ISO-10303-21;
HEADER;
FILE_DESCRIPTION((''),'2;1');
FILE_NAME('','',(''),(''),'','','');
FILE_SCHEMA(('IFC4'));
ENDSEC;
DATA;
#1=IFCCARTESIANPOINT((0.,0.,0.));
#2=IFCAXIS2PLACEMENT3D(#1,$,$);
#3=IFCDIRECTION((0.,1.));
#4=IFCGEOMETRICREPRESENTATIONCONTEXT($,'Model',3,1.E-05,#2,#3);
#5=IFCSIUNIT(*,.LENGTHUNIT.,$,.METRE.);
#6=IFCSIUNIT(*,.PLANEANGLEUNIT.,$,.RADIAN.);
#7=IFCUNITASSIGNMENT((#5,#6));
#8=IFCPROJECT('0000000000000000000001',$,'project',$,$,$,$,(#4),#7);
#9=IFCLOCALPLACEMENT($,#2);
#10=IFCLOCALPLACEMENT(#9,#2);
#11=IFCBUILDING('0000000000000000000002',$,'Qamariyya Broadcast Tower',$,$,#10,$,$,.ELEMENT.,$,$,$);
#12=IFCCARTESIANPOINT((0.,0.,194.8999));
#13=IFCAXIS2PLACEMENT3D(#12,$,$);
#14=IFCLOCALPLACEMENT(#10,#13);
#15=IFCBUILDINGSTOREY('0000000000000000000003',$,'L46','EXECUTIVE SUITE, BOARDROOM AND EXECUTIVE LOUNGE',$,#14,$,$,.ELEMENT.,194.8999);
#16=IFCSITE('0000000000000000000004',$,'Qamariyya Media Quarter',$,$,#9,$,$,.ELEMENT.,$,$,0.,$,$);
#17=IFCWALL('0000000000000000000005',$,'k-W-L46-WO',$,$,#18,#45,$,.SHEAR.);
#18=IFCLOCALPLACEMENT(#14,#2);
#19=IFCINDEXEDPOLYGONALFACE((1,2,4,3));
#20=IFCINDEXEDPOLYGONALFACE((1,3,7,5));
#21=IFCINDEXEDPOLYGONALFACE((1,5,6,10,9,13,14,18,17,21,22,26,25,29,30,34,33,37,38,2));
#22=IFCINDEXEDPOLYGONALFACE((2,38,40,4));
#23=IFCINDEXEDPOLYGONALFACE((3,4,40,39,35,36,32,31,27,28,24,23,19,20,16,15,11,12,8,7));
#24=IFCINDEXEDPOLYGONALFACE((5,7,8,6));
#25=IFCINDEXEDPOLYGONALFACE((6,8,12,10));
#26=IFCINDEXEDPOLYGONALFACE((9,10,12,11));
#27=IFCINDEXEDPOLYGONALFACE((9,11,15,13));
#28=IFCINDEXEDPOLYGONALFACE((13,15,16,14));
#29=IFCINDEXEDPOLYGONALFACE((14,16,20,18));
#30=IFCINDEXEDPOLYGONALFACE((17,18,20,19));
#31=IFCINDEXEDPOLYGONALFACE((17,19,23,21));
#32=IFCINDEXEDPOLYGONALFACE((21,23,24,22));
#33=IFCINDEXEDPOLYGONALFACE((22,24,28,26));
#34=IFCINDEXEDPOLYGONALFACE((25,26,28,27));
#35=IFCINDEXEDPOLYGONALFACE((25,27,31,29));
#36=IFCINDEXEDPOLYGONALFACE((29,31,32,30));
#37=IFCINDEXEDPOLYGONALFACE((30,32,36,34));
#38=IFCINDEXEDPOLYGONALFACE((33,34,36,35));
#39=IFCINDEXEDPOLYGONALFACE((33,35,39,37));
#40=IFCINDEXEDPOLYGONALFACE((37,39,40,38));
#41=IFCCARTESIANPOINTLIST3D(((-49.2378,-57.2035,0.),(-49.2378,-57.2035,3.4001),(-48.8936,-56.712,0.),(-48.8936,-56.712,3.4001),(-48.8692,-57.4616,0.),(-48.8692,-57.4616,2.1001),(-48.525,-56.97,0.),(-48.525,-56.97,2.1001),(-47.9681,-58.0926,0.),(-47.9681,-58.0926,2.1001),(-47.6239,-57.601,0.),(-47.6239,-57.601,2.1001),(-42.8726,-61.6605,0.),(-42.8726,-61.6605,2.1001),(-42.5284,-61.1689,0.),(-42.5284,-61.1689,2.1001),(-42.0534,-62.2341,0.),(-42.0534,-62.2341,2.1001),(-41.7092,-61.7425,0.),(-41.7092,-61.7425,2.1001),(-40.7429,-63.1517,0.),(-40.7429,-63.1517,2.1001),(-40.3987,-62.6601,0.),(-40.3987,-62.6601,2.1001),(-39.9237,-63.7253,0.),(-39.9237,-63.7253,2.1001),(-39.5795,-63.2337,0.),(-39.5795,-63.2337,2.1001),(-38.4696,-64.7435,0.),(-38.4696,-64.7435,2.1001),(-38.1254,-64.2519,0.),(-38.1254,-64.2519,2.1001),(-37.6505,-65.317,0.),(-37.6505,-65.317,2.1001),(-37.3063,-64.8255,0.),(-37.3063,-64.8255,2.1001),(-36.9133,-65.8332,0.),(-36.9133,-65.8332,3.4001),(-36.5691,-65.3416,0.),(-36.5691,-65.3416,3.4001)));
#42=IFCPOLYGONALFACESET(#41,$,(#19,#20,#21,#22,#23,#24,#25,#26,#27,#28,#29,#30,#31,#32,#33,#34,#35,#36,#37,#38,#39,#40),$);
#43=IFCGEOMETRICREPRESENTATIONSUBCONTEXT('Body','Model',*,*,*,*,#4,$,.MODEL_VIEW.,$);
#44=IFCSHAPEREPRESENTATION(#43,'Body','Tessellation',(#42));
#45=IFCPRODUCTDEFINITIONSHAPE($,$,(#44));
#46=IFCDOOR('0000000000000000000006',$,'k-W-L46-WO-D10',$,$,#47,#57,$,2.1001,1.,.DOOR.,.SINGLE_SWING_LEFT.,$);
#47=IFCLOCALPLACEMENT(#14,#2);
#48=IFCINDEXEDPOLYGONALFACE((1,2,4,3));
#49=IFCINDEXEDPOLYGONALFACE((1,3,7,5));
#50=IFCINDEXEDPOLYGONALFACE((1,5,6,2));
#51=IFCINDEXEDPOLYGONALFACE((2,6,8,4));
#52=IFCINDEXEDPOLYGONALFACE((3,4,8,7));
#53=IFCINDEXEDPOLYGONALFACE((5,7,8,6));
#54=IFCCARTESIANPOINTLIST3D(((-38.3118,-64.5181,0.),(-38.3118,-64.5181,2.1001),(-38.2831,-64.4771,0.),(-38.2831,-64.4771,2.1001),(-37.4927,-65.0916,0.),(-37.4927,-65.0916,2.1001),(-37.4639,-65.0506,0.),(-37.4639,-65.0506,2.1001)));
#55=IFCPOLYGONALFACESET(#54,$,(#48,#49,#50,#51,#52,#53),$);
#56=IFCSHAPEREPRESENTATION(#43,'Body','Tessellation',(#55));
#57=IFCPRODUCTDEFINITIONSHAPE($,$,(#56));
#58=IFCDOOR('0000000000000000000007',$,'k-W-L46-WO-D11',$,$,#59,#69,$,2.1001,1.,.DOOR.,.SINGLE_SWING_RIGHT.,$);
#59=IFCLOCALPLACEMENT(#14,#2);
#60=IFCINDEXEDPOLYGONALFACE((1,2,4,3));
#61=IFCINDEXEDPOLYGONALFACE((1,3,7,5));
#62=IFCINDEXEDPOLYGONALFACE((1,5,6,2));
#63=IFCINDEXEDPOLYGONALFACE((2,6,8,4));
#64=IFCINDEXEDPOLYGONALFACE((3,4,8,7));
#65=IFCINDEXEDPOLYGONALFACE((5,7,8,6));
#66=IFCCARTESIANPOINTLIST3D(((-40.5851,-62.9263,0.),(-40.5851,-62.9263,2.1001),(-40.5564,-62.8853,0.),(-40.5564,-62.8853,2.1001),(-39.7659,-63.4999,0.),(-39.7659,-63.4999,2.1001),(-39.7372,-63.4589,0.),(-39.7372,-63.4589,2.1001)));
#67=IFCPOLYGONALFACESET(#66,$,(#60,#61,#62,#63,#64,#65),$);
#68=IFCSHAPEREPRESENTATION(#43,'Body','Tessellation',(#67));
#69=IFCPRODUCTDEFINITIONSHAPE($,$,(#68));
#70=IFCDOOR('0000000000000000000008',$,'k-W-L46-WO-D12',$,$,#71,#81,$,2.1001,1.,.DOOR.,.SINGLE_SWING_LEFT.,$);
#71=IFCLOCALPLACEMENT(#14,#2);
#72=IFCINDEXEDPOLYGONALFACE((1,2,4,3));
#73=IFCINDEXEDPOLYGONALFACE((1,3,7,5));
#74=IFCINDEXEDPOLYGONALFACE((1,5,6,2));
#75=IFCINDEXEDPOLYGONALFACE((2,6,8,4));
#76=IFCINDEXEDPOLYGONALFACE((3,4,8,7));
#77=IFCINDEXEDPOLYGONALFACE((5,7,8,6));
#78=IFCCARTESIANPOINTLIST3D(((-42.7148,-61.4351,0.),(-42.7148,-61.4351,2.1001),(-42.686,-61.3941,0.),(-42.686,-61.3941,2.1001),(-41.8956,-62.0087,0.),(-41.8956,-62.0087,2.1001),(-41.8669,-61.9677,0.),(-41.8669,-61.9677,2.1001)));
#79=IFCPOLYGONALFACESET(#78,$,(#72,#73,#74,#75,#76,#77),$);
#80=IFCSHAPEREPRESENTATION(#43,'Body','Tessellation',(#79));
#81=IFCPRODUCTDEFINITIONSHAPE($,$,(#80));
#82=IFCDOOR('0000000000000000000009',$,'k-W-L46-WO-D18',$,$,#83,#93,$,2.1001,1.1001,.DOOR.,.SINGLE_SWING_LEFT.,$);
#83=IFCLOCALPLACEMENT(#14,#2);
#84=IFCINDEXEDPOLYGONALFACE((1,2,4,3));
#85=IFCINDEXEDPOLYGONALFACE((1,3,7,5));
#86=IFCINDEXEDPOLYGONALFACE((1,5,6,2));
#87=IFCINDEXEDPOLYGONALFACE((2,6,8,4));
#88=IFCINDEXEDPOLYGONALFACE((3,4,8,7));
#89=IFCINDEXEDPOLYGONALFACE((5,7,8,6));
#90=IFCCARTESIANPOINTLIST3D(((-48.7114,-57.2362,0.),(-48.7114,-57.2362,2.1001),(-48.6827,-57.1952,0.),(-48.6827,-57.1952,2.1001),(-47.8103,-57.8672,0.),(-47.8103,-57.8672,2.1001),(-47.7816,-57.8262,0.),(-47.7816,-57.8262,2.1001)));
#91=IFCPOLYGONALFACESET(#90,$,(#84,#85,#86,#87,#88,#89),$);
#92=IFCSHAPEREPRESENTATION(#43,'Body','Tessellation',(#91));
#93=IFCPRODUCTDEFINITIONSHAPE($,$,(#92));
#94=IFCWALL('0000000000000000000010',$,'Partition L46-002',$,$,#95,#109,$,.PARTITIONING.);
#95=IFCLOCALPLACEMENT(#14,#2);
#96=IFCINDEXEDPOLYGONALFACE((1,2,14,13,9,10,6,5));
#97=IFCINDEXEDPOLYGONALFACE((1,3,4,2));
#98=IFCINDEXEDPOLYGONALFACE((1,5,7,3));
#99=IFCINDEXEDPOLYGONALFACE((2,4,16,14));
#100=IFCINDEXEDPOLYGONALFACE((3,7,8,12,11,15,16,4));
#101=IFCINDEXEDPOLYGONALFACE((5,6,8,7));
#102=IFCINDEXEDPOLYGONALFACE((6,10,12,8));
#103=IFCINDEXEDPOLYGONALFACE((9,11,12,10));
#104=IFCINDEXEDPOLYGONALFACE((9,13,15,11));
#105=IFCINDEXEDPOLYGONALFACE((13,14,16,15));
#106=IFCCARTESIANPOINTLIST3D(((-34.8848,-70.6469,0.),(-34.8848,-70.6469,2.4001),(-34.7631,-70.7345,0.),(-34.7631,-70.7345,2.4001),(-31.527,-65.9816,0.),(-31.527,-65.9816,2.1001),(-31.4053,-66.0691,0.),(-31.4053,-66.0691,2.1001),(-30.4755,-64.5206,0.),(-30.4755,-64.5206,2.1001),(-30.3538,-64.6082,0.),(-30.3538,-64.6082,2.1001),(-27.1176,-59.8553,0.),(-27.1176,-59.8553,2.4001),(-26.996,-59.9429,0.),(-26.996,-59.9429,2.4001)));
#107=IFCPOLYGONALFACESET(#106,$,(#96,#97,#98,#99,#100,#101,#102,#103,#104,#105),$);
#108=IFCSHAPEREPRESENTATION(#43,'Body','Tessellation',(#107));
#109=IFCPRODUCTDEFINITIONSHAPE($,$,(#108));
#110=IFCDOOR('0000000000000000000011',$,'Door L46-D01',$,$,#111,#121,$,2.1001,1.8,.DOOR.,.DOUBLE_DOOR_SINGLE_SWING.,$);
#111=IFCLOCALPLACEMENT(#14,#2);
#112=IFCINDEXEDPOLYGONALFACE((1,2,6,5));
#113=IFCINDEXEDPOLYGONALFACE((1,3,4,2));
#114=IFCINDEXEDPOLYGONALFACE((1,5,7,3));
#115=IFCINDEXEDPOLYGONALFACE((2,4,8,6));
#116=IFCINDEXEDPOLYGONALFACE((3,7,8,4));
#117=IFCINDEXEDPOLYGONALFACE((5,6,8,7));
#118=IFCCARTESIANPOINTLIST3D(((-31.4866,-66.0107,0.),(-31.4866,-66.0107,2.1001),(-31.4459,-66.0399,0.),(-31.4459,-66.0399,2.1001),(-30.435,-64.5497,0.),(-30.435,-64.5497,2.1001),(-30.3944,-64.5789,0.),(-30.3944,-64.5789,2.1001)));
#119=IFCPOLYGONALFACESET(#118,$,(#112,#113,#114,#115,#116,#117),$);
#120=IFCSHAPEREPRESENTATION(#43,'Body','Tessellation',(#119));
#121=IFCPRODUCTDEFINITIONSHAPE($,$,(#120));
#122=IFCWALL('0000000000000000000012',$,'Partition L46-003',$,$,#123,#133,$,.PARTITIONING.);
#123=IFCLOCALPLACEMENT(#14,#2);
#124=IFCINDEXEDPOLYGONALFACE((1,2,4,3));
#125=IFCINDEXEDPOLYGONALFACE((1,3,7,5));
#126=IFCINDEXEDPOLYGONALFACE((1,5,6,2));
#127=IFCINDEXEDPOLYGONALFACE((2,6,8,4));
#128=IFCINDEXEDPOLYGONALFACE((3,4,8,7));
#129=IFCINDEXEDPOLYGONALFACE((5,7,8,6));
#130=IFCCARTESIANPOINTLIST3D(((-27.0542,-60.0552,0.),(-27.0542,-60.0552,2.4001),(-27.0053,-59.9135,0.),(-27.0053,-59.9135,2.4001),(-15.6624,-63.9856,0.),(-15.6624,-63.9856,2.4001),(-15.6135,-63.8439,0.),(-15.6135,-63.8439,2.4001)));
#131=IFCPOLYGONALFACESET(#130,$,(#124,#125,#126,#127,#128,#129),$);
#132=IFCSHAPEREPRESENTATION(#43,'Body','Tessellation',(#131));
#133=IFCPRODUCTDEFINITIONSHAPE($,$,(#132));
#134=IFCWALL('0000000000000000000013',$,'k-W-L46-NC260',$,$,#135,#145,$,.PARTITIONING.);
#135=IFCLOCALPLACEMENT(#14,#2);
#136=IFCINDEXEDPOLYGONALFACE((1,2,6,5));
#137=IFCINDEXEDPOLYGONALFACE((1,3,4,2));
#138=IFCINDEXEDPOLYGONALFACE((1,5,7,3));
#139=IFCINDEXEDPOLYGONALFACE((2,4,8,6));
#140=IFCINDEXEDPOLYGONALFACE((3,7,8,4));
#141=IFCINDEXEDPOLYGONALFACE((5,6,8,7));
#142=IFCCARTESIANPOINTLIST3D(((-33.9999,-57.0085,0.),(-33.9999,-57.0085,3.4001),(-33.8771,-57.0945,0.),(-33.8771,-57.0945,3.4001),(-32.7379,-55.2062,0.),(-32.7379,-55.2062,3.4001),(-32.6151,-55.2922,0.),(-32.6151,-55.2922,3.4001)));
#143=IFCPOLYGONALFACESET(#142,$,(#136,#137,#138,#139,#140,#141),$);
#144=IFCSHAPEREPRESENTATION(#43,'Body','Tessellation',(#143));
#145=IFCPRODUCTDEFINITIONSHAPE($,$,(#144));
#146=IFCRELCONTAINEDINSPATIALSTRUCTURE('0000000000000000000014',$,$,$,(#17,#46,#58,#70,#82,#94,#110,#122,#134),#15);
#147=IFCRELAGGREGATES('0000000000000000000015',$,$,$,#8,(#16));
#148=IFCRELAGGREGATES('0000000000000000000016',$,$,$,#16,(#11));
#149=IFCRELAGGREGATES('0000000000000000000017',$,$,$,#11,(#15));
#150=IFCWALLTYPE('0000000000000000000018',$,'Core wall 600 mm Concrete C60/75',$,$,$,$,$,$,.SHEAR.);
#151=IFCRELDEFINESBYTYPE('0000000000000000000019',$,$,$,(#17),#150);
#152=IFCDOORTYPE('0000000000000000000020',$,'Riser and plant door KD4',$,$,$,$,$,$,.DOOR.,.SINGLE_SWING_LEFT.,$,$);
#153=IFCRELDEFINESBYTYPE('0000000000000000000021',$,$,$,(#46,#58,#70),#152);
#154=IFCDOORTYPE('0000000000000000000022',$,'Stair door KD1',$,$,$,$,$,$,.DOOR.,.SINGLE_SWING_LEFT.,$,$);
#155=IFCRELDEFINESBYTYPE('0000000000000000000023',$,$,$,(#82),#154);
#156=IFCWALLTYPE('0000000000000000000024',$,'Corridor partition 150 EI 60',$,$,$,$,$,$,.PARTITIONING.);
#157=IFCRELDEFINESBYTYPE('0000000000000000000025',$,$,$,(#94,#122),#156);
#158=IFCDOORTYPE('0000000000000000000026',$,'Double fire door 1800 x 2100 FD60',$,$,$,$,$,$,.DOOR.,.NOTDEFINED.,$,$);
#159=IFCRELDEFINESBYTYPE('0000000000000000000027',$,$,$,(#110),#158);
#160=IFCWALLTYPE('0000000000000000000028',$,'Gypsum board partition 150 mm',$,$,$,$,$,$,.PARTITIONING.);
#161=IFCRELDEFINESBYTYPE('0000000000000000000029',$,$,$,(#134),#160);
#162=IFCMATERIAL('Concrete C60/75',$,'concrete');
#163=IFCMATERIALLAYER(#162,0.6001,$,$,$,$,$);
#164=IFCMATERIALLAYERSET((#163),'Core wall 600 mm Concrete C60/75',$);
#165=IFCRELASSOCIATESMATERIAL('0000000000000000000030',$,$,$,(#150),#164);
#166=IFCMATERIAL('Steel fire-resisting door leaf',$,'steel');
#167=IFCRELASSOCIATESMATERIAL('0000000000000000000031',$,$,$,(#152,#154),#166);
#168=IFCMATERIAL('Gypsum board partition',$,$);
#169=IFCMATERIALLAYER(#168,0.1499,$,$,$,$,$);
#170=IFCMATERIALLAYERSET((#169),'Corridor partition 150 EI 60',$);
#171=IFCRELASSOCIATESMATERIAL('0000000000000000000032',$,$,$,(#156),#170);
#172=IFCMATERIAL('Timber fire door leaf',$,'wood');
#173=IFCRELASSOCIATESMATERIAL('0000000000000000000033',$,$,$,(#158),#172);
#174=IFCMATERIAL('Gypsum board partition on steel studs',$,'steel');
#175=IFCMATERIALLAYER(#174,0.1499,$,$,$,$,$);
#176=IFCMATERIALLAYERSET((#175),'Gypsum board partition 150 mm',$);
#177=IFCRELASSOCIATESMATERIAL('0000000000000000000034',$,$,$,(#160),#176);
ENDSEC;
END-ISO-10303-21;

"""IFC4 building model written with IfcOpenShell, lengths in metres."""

from ifc_helpers import new_model, si_unit, direction, frame, frame_2d, origin, place, context, subcontext, project, spatial, rectangle, extrude, material, layer, layer_set, type_object, element, fill, save


model = new_model("IFC4")

# Units and contexts
model_context = context("Model", 3, precision=1e-05, world=origin(), true_north=direction((0.0, 1.0)))
body_context = subcontext(model_context, "Body", "Model", "MODEL_VIEW")
ifc_project = project(units=[si_unit("LENGTHUNIT", "METRE"), si_unit("PLANEANGLEUNIT", "RADIAN")], contexts=[model_context])

# Site, building, storey
site_placement = place(None, origin())
site = spatial("IfcSite", under=ifc_project, at=site_placement, Name="Qamariyya Media Quarter", CompositionType="ELEMENT", RefElevation=0.0)
building_placement = place(site_placement, origin())
building = spatial("IfcBuilding", under=site, at=building_placement, Name="Qamariyya Broadcast Tower", CompositionType="ELEMENT")
storey_placement = place(building_placement, frame((0.0, 0.0, 194.8999)))
storey = spatial("IfcBuildingStorey", under=building, at=storey_placement, Name="L46", Description="EXECUTIVE SUITE, BOARDROOM AND EXECUTIVE LOUNGE", CompositionType="ELEMENT", Elevation=194.8999)

# Wall, openings, doors
ifc_material_1 = material(Name="Concrete C60/75", Category="concrete")
ifc_layer_1 = layer(ifc_material_1, 0.6001)
ifc_layer_set_1 = layer_set([ifc_layer_1], Name="Core wall 600 mm Concrete C60/75")
wall_type_1 = type_object("IfcWallType", Name="Core wall 600 mm Concrete C60/75", PredefinedType="SHEAR", material=ifc_layer_set_1)
wall_1_placement = place(storey_placement, frame((-36.7412, -65.5874, 0.0), z_axis=(0.0, 0.0, 1.0), x_axis=(-0.819153, 0.573575, 0.0)))
wall_1 = element("IfcWall", 1, at=wall_1_placement, inside=storey, type_object=wall_type_1, Name="k-W-L46-WO", PredefinedType="SHEAR", context=body_context, shape_type="SweptSolid", body=[
    extrude(rectangle(XDim=15.0454, YDim=0.6001, at=frame_2d((7.5227, 0.0))), origin(), (0.0, 0.0, 1.0), 3.4001),
])
opening_1_placement = place(wall_1_placement, frame((0.8999, 0.0, 0.0)))
opening_1 = element("IfcOpeningElement", 2, at=opening_1_placement, cuts=wall_1, PredefinedType="OPENING", context=body_context, shape_type="SweptSolid", body=[
    extrude(rectangle(XDim=1.0, YDim=2.1001, at=frame_2d((0.5, 1.05))), frame((0.0, 0.3101, 0.0), z_axis=(0.0, -1.0, 0.0), x_axis=(1.0, 0.0, 0.0)), (0.0, 0.0, 1.0), 0.6201),
])
opening_2_placement = place(wall_1_placement, frame((3.675, 0.0, 0.0)))
opening_2 = element("IfcOpeningElement", 3, at=opening_2_placement, cuts=wall_1, PredefinedType="OPENING", context=body_context, shape_type="SweptSolid", body=[
    extrude(rectangle(XDim=1.0, YDim=2.1001, at=frame_2d((0.5, 1.05))), frame((0.0, 0.3101, 0.0), z_axis=(0.0, -1.0, 0.0), x_axis=(1.0, 0.0, 0.0)), (0.0, 0.0, 1.0), 0.6201),
])
opening_3_placement = place(wall_1_placement, frame((6.2749, 0.0, 0.0)))
opening_3 = element("IfcOpeningElement", 4, at=opening_3_placement, cuts=wall_1, PredefinedType="OPENING", context=body_context, shape_type="SweptSolid", body=[
    extrude(rectangle(XDim=1.0, YDim=2.1001, at=frame_2d((0.5, 1.05))), frame((0.0, 0.3101, 0.0), z_axis=(0.0, -1.0, 0.0), x_axis=(1.0, 0.0, 0.0)), (0.0, 0.0, 1.0), 0.6201),
])
opening_4_placement = place(wall_1_placement, frame((13.4954, 0.0, 0.0)))
opening_4 = element("IfcOpeningElement", 5, at=opening_4_placement, cuts=wall_1, PredefinedType="OPENING", context=body_context, shape_type="SweptSolid", body=[
    extrude(rectangle(XDim=1.1001, YDim=2.1001, at=frame_2d((0.55, 1.05))), frame((0.0, 0.3101, 0.0), z_axis=(0.0, -1.0, 0.0), x_axis=(1.0, 0.0, 0.0)), (0.0, 0.0, 1.0), 0.6201),
])
ifc_material_2 = material(Name="Steel fire-resisting door leaf", Category="steel")
door_type_1 = type_object("IfcDoorType", Name="Riser and plant door KD4", OperationType="SINGLE_SWING_LEFT", PredefinedType="DOOR", material=ifc_material_2)
door_1_placement = place(opening_1_placement, origin())
door_1 = element("IfcDoor", 6, at=door_1_placement, inside=storey, type_object=door_type_1, Name="k-W-L46-WO-D10", OperationType="SINGLE_SWING_LEFT", OverallHeight=2.1001, OverallWidth=1.0, PredefinedType="DOOR", context=body_context, shape_type="SweptSolid", body=[
    extrude(rectangle(XDim=1.0, YDim=2.1001, at=frame_2d((0.5, 1.05))), frame((0.0, 0.0249, 0.0), z_axis=(0.0, -1.0, 0.0), x_axis=(1.0, 0.0, 0.0)), (0.0, 0.0, 1.0), 0.05),
])
fill(opening_1, door_1)
door_2_placement = place(opening_2_placement, origin())
door_2 = element("IfcDoor", 7, at=door_2_placement, inside=storey, type_object=door_type_1, Name="k-W-L46-WO-D11", OperationType="SINGLE_SWING_RIGHT", OverallHeight=2.1001, OverallWidth=1.0, PredefinedType="DOOR", context=body_context, shape_type="SweptSolid", body=[
    extrude(rectangle(XDim=1.0, YDim=2.1001, at=frame_2d((0.5, 1.05))), frame((0.0, 0.0249, 0.0), z_axis=(0.0, -1.0, 0.0), x_axis=(1.0, 0.0, 0.0)), (0.0, 0.0, 1.0), 0.05),
])
fill(opening_2, door_2)
door_3_placement = place(opening_3_placement, origin())
door_3 = element("IfcDoor", 8, at=door_3_placement, inside=storey, type_object=door_type_1, Name="k-W-L46-WO-D12", OperationType="SINGLE_SWING_LEFT", OverallHeight=2.1001, OverallWidth=1.0, PredefinedType="DOOR", context=body_context, shape_type="SweptSolid", body=[
    extrude(rectangle(XDim=1.0, YDim=2.1001, at=frame_2d((0.5, 1.05))), frame((0.0, 0.0249, 0.0), z_axis=(0.0, -1.0, 0.0), x_axis=(1.0, 0.0, 0.0)), (0.0, 0.0, 1.0), 0.05),
])
fill(opening_3, door_3)
door_type_2 = type_object("IfcDoorType", Name="Stair door KD1", OperationType="SINGLE_SWING_LEFT", PredefinedType="DOOR", material=ifc_material_2)
door_4_placement = place(opening_4_placement, origin())
door_4 = element("IfcDoor", 9, at=door_4_placement, inside=storey, type_object=door_type_2, Name="k-W-L46-WO-D18", OperationType="SINGLE_SWING_LEFT", OverallHeight=2.1001, OverallWidth=1.1001, PredefinedType="DOOR", context=body_context, shape_type="SweptSolid", body=[
    extrude(rectangle(XDim=1.1001, YDim=2.1001, at=frame_2d((0.55, 1.05))), frame((0.0, 0.0249, 0.0), z_axis=(0.0, -1.0, 0.0), x_axis=(1.0, 0.0, 0.0)), (0.0, 0.0, 1.0), 0.05),
])
fill(opening_4, door_4)

# Wall, opening, door
ifc_material_3 = material(Name="Gypsum board partition")
ifc_layer_2 = layer(ifc_material_3, 0.1499)
ifc_layer_set_2 = layer_set([ifc_layer_2], Name="Corridor partition 150 EI 60")
wall_type_2 = type_object("IfcWallType", Name="Corridor partition 150 EI 60", PredefinedType="PARTITIONING", material=ifc_layer_set_2)
wall_2_placement = place(storey_placement, frame((-27.0569, -59.8992, 0.0), z_axis=(0.0, 0.0, 1.0), x_axis=(-0.584166, -0.811634, 0.0)))
wall_2 = element("IfcWall", 10, at=wall_2_placement, inside=storey, type_object=wall_type_2, Name="Partition L46-002", PredefinedType="PARTITIONING", context=body_context, shape_type="SweptSolid", body=[
    extrude(rectangle(XDim=13.2961, YDim=0.1499, at=frame_2d((6.6479, 0.0))), origin(), (0.0, 0.0, 1.0), 2.4001),
])
opening_5_placement = place(wall_2_placement, frame((5.748, 0.0, 0.0)))
opening_5 = element("IfcOpeningElement", 11, at=opening_5_placement, cuts=wall_2, PredefinedType="OPENING", context=body_context, shape_type="SweptSolid", body=[
    extrude(rectangle(XDim=1.8, YDim=2.1001, at=frame_2d((0.8999, 1.05))), frame((0.0, 0.085, 0.0), z_axis=(0.0, -1.0, 0.0), x_axis=(1.0, 0.0, 0.0)), (0.0, 0.0, 1.0), 0.1699),
])
ifc_material_4 = material(Name="Timber fire door leaf", Category="wood")
door_type_3 = type_object("IfcDoorType", Name="Double fire door 1800 x 2100 FD60", OperationType="NOTDEFINED", PredefinedType="DOOR", material=ifc_material_4)
door_5_placement = place(opening_5_placement, origin())
door_5 = element("IfcDoor", 12, at=door_5_placement, inside=storey, type_object=door_type_3, Name="Door L46-D01", OperationType="DOUBLE_DOOR_SINGLE_SWING", OverallHeight=2.1001, OverallWidth=1.8, PredefinedType="DOOR", context=body_context, shape_type="SweptSolid", body=[
    extrude(rectangle(XDim=1.8, YDim=2.1001, at=frame_2d((0.8999, 1.05))), frame((0.0, 0.0249, 0.0), z_axis=(0.0, -1.0, 0.0), x_axis=(1.0, 0.0, 0.0)), (0.0, 0.0, 1.0), 0.05),
])
fill(opening_5, door_5)

# Walls
wall_3_placement = place(storey_placement, frame((-27.0298, -59.9844, 0.0), z_axis=(0.0, 0.0, 1.0), x_axis=(0.945317, -0.326154, 0.0)))
element("IfcWall", 13, at=wall_3_placement, inside=storey, type_object=wall_type_2, Name="Partition L46-003", PredefinedType="PARTITIONING", context=body_context, shape_type="SweptSolid", body=[
    extrude(rectangle(XDim=12.0508, YDim=0.1499, at=frame_2d((6.0254, 0.0))), origin(), (0.0, 0.0, 1.0), 2.4001),
])
ifc_material_5 = material(Name="Gypsum board partition on steel studs", Category="steel")
ifc_layer_3 = layer(ifc_material_5, 0.1499)
ifc_layer_set_3 = layer_set([ifc_layer_3], Name="Gypsum board partition 150 mm")
wall_type_3 = type_object("IfcWallType", Name="Gypsum board partition 150 mm", PredefinedType="PARTITIONING", material=ifc_layer_set_3)
wall_4_placement = place(storey_placement, frame((-33.9385, -57.0515, 0.0), z_axis=(0.0, 0.0, 1.0), x_axis=(0.573581, 0.819149, 0.0)))
element("IfcWall", 14, at=wall_4_placement, inside=storey, type_object=wall_type_3, Name="k-W-L46-NC260", PredefinedType="PARTITIONING", context=body_context, shape_type="SweptSolid", body=[
    extrude(rectangle(XDim=2.2002, YDim=0.1499, at=frame_2d((1.1001, 0.0))), origin(), (0.0, 0.0, 1.0), 3.4001),
])

save(model, "model.ifc")
